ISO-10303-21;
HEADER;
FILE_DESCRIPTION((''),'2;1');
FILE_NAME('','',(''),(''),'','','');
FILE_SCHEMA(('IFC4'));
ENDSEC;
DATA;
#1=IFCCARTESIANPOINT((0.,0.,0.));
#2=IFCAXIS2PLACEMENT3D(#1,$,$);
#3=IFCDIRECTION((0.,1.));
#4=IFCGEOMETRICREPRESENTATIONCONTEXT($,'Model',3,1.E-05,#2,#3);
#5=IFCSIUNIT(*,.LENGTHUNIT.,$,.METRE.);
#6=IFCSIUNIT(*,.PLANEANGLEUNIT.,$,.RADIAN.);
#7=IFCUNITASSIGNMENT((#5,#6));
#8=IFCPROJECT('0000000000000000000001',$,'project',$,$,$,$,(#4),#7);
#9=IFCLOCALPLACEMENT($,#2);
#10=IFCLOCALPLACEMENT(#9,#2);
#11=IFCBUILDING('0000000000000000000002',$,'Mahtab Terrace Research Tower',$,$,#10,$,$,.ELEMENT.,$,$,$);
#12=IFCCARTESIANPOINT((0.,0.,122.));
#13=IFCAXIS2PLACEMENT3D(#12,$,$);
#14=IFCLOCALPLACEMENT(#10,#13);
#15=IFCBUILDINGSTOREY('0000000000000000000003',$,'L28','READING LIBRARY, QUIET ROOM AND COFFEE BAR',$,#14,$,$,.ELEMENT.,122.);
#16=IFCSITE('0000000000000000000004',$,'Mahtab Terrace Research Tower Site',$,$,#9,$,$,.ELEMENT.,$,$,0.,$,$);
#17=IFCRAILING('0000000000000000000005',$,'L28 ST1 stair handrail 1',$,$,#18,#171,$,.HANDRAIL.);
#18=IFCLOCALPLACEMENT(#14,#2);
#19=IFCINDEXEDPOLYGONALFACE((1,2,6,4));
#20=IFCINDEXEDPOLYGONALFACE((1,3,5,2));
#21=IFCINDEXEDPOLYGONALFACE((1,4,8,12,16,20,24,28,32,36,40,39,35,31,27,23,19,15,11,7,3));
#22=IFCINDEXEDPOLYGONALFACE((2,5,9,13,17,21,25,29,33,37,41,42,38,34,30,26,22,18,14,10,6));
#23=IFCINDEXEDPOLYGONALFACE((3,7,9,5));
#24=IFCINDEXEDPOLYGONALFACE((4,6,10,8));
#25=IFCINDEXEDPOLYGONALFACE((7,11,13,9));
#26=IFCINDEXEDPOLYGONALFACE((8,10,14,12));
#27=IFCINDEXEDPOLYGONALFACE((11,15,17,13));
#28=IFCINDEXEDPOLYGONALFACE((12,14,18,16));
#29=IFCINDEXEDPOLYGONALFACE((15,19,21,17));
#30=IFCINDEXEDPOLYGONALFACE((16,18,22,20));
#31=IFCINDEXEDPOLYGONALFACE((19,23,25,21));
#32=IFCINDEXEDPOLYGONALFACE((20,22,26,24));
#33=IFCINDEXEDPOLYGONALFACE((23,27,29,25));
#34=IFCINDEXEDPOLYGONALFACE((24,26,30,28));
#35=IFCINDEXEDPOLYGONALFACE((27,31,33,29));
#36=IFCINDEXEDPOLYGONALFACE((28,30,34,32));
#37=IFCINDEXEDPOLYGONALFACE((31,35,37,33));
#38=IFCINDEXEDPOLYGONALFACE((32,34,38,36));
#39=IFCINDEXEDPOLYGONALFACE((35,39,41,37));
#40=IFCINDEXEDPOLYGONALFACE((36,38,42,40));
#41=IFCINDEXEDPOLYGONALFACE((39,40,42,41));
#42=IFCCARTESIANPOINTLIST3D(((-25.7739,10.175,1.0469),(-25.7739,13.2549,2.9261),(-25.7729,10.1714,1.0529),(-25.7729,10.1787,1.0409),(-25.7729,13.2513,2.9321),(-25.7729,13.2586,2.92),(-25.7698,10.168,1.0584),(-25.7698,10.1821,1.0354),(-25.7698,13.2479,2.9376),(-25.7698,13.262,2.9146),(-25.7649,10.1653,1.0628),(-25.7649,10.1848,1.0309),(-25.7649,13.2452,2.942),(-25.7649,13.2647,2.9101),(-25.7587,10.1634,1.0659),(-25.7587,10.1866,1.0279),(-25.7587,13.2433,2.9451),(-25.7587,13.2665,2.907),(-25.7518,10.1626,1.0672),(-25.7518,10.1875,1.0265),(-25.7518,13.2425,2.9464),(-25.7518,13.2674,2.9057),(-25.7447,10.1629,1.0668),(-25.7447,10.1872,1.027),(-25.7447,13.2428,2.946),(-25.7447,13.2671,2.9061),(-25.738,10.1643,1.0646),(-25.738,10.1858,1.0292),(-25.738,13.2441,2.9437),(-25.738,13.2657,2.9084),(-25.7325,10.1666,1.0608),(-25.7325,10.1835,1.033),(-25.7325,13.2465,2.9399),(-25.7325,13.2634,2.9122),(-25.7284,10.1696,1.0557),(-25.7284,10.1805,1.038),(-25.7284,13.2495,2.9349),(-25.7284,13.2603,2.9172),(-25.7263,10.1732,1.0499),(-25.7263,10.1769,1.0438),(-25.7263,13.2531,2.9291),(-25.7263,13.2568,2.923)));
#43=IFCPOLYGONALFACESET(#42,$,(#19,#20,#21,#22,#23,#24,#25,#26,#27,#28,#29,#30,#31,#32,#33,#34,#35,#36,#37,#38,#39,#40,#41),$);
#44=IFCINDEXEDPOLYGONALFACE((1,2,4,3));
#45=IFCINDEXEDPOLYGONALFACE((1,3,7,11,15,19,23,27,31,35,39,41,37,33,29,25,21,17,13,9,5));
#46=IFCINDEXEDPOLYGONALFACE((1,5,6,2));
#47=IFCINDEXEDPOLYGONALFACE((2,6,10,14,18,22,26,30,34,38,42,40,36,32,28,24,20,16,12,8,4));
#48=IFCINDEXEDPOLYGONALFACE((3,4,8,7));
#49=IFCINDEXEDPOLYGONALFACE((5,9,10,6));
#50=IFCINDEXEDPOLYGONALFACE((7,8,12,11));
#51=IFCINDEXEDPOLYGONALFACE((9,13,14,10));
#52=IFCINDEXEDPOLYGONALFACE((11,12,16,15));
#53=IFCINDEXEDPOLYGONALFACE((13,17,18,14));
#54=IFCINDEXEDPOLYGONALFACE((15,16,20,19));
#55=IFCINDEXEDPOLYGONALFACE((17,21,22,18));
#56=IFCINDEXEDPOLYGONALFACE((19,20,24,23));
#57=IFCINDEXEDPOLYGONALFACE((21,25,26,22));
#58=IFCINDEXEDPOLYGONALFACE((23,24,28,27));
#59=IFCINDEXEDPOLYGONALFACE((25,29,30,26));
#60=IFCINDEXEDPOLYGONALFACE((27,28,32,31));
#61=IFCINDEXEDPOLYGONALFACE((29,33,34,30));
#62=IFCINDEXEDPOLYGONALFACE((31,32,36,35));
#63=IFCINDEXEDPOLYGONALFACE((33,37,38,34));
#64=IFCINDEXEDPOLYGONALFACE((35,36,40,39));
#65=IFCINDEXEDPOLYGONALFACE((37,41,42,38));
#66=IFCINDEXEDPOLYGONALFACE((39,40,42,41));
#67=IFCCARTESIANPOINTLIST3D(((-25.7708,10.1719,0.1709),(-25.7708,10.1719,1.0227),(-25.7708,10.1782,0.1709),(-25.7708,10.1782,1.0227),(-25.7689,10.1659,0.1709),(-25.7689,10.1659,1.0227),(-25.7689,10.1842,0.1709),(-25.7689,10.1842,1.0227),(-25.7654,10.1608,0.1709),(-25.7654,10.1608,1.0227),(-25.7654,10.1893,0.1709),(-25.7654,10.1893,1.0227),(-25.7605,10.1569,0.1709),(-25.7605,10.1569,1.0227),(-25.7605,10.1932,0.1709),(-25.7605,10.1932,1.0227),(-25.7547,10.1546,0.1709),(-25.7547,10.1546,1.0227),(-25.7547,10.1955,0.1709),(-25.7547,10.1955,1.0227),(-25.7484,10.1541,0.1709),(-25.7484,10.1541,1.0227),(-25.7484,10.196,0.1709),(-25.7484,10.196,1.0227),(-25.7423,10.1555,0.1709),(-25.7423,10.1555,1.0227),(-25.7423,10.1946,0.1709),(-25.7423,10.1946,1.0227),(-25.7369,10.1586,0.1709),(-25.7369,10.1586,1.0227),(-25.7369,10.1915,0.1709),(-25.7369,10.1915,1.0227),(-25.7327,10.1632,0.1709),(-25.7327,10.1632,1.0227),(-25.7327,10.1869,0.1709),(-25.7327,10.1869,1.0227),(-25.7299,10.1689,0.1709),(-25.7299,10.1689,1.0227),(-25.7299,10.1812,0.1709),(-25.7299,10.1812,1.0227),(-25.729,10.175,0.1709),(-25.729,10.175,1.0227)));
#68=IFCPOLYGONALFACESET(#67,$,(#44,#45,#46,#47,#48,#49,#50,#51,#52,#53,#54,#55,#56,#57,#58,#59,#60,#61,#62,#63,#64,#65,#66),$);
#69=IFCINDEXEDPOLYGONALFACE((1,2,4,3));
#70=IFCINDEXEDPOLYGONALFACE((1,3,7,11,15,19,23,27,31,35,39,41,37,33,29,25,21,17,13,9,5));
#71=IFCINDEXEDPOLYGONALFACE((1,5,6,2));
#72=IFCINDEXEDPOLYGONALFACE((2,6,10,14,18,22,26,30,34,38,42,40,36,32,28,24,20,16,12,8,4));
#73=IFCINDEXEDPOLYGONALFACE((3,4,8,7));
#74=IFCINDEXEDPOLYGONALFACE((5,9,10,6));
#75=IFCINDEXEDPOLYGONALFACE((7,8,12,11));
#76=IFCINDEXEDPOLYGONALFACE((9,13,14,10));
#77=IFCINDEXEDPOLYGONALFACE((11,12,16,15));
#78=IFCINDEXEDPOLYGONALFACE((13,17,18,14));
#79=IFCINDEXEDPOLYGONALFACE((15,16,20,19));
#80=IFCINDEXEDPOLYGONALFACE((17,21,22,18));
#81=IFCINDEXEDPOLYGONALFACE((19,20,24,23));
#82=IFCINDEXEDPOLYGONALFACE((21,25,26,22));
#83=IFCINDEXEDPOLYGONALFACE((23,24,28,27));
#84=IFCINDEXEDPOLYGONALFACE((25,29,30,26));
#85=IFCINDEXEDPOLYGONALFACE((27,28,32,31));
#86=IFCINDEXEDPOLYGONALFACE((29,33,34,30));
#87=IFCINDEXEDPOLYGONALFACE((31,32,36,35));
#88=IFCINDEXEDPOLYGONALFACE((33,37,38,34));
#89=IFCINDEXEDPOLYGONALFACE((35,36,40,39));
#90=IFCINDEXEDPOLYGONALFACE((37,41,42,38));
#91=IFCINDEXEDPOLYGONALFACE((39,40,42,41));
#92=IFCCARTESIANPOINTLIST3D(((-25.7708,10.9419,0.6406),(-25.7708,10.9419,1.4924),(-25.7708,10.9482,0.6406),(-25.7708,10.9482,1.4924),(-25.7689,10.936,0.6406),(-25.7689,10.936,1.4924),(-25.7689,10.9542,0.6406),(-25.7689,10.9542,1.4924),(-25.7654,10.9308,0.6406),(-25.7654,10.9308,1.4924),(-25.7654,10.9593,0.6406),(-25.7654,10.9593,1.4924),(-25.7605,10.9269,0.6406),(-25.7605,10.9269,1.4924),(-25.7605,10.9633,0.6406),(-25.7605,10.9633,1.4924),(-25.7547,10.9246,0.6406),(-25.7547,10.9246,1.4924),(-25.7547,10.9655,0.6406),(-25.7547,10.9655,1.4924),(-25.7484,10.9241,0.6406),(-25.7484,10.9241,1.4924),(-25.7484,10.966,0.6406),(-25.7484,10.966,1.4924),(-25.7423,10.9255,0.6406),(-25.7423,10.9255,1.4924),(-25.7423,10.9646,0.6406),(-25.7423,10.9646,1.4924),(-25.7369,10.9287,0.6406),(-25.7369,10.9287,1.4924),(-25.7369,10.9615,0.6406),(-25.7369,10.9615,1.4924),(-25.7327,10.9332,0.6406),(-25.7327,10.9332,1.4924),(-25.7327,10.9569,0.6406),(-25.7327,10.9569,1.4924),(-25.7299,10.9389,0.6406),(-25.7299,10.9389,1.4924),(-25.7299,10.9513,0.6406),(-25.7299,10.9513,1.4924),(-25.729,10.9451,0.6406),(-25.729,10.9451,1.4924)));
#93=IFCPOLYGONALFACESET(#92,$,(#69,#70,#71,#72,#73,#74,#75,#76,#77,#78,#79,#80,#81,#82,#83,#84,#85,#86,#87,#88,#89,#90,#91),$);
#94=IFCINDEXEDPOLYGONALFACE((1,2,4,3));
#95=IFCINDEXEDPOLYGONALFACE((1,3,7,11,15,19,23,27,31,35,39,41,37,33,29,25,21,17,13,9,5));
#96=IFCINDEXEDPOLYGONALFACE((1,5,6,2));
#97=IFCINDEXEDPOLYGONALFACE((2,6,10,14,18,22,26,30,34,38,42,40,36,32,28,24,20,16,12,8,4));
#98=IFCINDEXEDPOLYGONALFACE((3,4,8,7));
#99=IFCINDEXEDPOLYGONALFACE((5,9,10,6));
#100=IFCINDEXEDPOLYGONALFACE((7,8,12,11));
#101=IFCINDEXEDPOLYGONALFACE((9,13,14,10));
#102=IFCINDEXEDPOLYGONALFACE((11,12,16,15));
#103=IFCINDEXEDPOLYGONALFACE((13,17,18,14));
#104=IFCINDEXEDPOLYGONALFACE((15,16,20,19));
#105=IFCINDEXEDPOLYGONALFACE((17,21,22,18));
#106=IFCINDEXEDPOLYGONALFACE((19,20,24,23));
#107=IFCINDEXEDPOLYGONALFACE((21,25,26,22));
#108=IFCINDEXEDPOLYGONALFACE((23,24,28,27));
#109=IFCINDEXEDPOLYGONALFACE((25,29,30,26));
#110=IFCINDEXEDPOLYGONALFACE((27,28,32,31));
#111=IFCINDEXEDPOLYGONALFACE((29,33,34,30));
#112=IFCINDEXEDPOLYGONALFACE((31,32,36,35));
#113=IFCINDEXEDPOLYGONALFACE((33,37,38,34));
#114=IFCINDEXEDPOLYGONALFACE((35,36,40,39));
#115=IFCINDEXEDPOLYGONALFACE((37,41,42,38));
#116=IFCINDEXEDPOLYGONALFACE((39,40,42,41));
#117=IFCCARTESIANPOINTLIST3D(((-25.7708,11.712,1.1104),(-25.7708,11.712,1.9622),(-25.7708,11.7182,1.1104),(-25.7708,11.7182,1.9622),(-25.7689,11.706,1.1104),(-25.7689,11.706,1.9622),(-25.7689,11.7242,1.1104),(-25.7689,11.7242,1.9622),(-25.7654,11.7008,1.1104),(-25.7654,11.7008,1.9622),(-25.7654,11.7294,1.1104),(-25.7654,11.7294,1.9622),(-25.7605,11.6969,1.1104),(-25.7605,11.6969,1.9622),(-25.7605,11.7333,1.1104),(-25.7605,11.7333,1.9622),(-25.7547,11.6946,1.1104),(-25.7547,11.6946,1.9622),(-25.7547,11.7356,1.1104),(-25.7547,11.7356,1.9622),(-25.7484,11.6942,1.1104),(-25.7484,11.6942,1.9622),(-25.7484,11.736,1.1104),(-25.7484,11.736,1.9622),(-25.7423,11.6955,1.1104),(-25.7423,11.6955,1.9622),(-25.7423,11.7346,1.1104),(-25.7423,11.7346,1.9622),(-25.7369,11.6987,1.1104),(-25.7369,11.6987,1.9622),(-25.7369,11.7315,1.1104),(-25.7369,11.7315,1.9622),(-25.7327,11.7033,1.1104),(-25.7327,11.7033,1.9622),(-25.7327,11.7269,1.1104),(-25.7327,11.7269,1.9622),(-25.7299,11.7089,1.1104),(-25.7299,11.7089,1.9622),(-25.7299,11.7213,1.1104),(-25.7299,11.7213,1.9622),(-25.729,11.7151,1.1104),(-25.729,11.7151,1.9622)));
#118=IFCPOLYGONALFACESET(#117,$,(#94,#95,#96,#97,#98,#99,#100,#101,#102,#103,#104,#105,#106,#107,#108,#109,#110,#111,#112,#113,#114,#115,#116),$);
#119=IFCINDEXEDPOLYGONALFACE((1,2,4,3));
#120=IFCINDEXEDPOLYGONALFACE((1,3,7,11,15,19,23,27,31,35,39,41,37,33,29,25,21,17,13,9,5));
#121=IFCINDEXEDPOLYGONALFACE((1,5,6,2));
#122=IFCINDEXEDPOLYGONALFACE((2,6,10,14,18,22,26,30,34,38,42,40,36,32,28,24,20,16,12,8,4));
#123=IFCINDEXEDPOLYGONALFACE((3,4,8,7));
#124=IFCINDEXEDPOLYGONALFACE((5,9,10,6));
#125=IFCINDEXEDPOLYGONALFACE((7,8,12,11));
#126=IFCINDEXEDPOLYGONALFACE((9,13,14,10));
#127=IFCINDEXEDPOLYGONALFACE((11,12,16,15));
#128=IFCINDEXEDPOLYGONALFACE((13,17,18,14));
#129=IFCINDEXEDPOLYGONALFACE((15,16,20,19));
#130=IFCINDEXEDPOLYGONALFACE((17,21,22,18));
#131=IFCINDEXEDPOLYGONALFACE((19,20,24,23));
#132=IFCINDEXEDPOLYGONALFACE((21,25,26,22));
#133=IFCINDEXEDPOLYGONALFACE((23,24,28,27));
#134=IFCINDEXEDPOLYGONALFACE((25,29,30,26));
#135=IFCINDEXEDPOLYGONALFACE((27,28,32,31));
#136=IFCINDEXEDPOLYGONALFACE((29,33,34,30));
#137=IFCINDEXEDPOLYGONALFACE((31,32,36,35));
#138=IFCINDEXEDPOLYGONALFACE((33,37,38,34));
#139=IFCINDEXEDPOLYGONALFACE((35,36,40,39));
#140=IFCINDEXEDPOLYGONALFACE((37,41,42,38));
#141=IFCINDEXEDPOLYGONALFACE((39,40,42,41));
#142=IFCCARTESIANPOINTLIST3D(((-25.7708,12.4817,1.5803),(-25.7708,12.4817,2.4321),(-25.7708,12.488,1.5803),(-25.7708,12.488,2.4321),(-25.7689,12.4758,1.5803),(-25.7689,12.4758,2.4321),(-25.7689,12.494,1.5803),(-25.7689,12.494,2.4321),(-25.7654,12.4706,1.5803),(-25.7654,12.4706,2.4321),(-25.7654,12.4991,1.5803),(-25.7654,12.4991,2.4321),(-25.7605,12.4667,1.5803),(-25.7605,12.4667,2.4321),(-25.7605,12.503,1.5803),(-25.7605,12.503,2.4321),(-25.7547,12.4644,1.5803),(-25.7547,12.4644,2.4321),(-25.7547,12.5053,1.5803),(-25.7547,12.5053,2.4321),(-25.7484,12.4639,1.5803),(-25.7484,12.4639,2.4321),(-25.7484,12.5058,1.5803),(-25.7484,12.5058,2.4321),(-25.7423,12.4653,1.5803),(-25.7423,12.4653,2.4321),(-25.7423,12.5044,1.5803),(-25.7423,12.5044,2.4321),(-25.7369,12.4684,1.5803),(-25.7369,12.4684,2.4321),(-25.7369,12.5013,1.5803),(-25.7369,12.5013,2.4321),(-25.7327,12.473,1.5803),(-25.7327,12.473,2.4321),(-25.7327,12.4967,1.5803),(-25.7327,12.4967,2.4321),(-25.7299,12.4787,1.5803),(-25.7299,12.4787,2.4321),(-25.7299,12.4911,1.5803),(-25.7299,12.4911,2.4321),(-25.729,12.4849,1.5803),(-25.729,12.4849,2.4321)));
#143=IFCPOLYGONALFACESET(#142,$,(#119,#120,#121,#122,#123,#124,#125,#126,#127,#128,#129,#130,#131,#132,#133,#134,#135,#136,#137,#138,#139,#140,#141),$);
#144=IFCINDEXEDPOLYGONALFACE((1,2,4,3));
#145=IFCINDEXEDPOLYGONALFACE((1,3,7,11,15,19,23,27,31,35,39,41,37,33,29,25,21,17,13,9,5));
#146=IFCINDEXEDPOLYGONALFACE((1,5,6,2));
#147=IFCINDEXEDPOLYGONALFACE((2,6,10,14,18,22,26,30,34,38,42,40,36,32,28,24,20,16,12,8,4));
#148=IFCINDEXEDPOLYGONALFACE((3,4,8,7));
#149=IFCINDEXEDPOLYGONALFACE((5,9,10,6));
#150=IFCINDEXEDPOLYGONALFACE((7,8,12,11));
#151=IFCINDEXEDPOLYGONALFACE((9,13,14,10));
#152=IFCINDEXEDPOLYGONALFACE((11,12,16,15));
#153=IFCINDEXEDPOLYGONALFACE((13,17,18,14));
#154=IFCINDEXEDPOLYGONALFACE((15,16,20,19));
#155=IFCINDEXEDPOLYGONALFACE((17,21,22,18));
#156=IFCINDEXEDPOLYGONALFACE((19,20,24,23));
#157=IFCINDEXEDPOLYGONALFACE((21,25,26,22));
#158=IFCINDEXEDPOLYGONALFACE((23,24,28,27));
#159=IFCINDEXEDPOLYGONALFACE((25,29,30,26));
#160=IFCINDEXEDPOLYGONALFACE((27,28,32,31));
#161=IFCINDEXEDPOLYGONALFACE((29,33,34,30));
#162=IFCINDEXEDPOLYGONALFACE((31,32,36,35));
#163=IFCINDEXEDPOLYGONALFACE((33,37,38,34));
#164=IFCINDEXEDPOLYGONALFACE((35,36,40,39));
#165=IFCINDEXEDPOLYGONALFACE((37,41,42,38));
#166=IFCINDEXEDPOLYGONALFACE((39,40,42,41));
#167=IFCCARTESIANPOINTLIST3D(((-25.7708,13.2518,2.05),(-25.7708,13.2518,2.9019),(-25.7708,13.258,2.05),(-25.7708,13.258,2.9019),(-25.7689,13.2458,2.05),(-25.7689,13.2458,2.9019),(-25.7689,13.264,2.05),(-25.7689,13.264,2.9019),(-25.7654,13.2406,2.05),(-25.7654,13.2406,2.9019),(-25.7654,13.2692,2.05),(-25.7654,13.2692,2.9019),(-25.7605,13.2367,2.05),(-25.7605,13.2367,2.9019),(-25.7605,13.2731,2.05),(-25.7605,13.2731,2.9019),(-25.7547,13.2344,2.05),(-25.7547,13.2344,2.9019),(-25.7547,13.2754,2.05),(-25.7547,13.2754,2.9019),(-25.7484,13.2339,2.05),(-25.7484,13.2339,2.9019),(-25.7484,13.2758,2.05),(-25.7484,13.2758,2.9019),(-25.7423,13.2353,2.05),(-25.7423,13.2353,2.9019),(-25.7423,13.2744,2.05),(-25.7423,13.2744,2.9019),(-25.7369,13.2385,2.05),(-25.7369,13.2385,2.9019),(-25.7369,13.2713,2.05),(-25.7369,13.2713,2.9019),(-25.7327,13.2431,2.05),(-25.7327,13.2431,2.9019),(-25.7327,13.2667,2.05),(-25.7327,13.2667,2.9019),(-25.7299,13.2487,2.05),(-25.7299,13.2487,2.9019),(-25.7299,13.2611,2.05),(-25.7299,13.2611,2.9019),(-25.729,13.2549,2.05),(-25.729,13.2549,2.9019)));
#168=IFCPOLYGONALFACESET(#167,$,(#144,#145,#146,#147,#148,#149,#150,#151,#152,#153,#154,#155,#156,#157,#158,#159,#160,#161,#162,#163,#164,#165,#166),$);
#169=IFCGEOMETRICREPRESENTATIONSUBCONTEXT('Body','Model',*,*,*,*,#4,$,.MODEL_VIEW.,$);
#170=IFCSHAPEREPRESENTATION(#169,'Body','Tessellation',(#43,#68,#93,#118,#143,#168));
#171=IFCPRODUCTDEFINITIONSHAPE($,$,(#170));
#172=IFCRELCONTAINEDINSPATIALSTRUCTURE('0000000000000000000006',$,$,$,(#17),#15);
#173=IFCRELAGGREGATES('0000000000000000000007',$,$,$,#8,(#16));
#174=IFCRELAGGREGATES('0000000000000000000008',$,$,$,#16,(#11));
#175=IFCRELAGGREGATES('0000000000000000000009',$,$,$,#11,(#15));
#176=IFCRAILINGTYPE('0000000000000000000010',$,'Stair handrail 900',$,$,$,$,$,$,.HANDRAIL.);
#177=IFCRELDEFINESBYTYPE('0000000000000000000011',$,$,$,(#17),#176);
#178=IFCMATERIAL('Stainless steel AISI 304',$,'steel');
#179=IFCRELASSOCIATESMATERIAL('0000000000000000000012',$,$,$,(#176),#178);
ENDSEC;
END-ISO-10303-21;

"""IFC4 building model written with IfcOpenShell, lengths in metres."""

from ifc_helpers import new_model, si_unit, direction, frame, origin, origin_2d, place, context, subcontext, project, spatial, circle, extrude, material, type_object, element, save


model = new_model("IFC4")

# Units and contexts
model_context = context("Model", 3, precision=1e-05, world=origin(), true_north=direction((0.0, 1.0)))
body_context = subcontext(model_context, "Body", "Model", "MODEL_VIEW")
ifc_project = project(units=[si_unit("LENGTHUNIT", "METRE"), si_unit("PLANEANGLEUNIT", "RADIAN")], contexts=[model_context])

# Site, building, storey
site_placement = place(None, origin())
site = spatial("IfcSite", under=ifc_project, at=site_placement, Name="Mahtab Terrace Research Tower Site", CompositionType="ELEMENT", RefElevation=0.0)
building_placement = place(site_placement, origin())
building = spatial("IfcBuilding", under=site, at=building_placement, Name="Mahtab Terrace Research Tower", CompositionType="ELEMENT")
storey_placement = place(building_placement, frame((0.0, 0.0, 122.0)))
storey = spatial("IfcBuildingStorey", under=building, at=storey_placement, Name="L28", Description="READING LIBRARY, QUIET ROOM AND COFFEE BAR", CompositionType="ELEMENT", Elevation=122.0)

# Shared definitions
ifc_material_1 = material(Name="Stainless steel AISI 304", Category="steel")

# Railing
railing_type_1 = type_object("IfcRailingType", Name="Stair handrail 900", PredefinedType="HANDRAIL", material=ifc_material_1)
railing_1_placement = place(storey_placement, frame((-25.75, 10.175, 0.1709)))
element("IfcRailing", 1, at=railing_1_placement, inside=storey, type_object=railing_type_1, Name="L28 ST1 stair handrail 1", PredefinedType="HANDRAIL", context=body_context, shape_type="SweptSolid", body=[
    extrude(circle(Radius=0.0239, at=origin_2d()), frame((0.0, 0.0, 0.876), z_axis=(0.0, 0.853648, 0.52085), x_axis=(-1.0, 0.0, 0.0)), (0.0, 0.0, 1.0), 3.6079),
    extrude(circle(Radius=0.021, at=origin_2d()), origin(), (0.0, 0.0, 1.0), 0.8518),
    extrude(circle(Radius=0.021, at=origin_2d()), frame((0.0, 0.77, 0.4697)), (0.0, 0.0, 1.0), 0.8518),
    extrude(circle(Radius=0.021, at=origin_2d()), frame((0.0, 1.54, 0.9395)), (0.0, 0.0, 1.0), 0.8518),
    extrude(circle(Radius=0.021, at=origin_2d()), frame((0.0, 2.3098, 1.4094)), (0.0, 0.0, 1.0), 0.8518),
    extrude(circle(Radius=0.021, at=origin_2d()), frame((0.0, 3.0798, 1.8792)), (0.0, 0.0, 1.0), 0.8518),
])

save(model, "model.ifc")
